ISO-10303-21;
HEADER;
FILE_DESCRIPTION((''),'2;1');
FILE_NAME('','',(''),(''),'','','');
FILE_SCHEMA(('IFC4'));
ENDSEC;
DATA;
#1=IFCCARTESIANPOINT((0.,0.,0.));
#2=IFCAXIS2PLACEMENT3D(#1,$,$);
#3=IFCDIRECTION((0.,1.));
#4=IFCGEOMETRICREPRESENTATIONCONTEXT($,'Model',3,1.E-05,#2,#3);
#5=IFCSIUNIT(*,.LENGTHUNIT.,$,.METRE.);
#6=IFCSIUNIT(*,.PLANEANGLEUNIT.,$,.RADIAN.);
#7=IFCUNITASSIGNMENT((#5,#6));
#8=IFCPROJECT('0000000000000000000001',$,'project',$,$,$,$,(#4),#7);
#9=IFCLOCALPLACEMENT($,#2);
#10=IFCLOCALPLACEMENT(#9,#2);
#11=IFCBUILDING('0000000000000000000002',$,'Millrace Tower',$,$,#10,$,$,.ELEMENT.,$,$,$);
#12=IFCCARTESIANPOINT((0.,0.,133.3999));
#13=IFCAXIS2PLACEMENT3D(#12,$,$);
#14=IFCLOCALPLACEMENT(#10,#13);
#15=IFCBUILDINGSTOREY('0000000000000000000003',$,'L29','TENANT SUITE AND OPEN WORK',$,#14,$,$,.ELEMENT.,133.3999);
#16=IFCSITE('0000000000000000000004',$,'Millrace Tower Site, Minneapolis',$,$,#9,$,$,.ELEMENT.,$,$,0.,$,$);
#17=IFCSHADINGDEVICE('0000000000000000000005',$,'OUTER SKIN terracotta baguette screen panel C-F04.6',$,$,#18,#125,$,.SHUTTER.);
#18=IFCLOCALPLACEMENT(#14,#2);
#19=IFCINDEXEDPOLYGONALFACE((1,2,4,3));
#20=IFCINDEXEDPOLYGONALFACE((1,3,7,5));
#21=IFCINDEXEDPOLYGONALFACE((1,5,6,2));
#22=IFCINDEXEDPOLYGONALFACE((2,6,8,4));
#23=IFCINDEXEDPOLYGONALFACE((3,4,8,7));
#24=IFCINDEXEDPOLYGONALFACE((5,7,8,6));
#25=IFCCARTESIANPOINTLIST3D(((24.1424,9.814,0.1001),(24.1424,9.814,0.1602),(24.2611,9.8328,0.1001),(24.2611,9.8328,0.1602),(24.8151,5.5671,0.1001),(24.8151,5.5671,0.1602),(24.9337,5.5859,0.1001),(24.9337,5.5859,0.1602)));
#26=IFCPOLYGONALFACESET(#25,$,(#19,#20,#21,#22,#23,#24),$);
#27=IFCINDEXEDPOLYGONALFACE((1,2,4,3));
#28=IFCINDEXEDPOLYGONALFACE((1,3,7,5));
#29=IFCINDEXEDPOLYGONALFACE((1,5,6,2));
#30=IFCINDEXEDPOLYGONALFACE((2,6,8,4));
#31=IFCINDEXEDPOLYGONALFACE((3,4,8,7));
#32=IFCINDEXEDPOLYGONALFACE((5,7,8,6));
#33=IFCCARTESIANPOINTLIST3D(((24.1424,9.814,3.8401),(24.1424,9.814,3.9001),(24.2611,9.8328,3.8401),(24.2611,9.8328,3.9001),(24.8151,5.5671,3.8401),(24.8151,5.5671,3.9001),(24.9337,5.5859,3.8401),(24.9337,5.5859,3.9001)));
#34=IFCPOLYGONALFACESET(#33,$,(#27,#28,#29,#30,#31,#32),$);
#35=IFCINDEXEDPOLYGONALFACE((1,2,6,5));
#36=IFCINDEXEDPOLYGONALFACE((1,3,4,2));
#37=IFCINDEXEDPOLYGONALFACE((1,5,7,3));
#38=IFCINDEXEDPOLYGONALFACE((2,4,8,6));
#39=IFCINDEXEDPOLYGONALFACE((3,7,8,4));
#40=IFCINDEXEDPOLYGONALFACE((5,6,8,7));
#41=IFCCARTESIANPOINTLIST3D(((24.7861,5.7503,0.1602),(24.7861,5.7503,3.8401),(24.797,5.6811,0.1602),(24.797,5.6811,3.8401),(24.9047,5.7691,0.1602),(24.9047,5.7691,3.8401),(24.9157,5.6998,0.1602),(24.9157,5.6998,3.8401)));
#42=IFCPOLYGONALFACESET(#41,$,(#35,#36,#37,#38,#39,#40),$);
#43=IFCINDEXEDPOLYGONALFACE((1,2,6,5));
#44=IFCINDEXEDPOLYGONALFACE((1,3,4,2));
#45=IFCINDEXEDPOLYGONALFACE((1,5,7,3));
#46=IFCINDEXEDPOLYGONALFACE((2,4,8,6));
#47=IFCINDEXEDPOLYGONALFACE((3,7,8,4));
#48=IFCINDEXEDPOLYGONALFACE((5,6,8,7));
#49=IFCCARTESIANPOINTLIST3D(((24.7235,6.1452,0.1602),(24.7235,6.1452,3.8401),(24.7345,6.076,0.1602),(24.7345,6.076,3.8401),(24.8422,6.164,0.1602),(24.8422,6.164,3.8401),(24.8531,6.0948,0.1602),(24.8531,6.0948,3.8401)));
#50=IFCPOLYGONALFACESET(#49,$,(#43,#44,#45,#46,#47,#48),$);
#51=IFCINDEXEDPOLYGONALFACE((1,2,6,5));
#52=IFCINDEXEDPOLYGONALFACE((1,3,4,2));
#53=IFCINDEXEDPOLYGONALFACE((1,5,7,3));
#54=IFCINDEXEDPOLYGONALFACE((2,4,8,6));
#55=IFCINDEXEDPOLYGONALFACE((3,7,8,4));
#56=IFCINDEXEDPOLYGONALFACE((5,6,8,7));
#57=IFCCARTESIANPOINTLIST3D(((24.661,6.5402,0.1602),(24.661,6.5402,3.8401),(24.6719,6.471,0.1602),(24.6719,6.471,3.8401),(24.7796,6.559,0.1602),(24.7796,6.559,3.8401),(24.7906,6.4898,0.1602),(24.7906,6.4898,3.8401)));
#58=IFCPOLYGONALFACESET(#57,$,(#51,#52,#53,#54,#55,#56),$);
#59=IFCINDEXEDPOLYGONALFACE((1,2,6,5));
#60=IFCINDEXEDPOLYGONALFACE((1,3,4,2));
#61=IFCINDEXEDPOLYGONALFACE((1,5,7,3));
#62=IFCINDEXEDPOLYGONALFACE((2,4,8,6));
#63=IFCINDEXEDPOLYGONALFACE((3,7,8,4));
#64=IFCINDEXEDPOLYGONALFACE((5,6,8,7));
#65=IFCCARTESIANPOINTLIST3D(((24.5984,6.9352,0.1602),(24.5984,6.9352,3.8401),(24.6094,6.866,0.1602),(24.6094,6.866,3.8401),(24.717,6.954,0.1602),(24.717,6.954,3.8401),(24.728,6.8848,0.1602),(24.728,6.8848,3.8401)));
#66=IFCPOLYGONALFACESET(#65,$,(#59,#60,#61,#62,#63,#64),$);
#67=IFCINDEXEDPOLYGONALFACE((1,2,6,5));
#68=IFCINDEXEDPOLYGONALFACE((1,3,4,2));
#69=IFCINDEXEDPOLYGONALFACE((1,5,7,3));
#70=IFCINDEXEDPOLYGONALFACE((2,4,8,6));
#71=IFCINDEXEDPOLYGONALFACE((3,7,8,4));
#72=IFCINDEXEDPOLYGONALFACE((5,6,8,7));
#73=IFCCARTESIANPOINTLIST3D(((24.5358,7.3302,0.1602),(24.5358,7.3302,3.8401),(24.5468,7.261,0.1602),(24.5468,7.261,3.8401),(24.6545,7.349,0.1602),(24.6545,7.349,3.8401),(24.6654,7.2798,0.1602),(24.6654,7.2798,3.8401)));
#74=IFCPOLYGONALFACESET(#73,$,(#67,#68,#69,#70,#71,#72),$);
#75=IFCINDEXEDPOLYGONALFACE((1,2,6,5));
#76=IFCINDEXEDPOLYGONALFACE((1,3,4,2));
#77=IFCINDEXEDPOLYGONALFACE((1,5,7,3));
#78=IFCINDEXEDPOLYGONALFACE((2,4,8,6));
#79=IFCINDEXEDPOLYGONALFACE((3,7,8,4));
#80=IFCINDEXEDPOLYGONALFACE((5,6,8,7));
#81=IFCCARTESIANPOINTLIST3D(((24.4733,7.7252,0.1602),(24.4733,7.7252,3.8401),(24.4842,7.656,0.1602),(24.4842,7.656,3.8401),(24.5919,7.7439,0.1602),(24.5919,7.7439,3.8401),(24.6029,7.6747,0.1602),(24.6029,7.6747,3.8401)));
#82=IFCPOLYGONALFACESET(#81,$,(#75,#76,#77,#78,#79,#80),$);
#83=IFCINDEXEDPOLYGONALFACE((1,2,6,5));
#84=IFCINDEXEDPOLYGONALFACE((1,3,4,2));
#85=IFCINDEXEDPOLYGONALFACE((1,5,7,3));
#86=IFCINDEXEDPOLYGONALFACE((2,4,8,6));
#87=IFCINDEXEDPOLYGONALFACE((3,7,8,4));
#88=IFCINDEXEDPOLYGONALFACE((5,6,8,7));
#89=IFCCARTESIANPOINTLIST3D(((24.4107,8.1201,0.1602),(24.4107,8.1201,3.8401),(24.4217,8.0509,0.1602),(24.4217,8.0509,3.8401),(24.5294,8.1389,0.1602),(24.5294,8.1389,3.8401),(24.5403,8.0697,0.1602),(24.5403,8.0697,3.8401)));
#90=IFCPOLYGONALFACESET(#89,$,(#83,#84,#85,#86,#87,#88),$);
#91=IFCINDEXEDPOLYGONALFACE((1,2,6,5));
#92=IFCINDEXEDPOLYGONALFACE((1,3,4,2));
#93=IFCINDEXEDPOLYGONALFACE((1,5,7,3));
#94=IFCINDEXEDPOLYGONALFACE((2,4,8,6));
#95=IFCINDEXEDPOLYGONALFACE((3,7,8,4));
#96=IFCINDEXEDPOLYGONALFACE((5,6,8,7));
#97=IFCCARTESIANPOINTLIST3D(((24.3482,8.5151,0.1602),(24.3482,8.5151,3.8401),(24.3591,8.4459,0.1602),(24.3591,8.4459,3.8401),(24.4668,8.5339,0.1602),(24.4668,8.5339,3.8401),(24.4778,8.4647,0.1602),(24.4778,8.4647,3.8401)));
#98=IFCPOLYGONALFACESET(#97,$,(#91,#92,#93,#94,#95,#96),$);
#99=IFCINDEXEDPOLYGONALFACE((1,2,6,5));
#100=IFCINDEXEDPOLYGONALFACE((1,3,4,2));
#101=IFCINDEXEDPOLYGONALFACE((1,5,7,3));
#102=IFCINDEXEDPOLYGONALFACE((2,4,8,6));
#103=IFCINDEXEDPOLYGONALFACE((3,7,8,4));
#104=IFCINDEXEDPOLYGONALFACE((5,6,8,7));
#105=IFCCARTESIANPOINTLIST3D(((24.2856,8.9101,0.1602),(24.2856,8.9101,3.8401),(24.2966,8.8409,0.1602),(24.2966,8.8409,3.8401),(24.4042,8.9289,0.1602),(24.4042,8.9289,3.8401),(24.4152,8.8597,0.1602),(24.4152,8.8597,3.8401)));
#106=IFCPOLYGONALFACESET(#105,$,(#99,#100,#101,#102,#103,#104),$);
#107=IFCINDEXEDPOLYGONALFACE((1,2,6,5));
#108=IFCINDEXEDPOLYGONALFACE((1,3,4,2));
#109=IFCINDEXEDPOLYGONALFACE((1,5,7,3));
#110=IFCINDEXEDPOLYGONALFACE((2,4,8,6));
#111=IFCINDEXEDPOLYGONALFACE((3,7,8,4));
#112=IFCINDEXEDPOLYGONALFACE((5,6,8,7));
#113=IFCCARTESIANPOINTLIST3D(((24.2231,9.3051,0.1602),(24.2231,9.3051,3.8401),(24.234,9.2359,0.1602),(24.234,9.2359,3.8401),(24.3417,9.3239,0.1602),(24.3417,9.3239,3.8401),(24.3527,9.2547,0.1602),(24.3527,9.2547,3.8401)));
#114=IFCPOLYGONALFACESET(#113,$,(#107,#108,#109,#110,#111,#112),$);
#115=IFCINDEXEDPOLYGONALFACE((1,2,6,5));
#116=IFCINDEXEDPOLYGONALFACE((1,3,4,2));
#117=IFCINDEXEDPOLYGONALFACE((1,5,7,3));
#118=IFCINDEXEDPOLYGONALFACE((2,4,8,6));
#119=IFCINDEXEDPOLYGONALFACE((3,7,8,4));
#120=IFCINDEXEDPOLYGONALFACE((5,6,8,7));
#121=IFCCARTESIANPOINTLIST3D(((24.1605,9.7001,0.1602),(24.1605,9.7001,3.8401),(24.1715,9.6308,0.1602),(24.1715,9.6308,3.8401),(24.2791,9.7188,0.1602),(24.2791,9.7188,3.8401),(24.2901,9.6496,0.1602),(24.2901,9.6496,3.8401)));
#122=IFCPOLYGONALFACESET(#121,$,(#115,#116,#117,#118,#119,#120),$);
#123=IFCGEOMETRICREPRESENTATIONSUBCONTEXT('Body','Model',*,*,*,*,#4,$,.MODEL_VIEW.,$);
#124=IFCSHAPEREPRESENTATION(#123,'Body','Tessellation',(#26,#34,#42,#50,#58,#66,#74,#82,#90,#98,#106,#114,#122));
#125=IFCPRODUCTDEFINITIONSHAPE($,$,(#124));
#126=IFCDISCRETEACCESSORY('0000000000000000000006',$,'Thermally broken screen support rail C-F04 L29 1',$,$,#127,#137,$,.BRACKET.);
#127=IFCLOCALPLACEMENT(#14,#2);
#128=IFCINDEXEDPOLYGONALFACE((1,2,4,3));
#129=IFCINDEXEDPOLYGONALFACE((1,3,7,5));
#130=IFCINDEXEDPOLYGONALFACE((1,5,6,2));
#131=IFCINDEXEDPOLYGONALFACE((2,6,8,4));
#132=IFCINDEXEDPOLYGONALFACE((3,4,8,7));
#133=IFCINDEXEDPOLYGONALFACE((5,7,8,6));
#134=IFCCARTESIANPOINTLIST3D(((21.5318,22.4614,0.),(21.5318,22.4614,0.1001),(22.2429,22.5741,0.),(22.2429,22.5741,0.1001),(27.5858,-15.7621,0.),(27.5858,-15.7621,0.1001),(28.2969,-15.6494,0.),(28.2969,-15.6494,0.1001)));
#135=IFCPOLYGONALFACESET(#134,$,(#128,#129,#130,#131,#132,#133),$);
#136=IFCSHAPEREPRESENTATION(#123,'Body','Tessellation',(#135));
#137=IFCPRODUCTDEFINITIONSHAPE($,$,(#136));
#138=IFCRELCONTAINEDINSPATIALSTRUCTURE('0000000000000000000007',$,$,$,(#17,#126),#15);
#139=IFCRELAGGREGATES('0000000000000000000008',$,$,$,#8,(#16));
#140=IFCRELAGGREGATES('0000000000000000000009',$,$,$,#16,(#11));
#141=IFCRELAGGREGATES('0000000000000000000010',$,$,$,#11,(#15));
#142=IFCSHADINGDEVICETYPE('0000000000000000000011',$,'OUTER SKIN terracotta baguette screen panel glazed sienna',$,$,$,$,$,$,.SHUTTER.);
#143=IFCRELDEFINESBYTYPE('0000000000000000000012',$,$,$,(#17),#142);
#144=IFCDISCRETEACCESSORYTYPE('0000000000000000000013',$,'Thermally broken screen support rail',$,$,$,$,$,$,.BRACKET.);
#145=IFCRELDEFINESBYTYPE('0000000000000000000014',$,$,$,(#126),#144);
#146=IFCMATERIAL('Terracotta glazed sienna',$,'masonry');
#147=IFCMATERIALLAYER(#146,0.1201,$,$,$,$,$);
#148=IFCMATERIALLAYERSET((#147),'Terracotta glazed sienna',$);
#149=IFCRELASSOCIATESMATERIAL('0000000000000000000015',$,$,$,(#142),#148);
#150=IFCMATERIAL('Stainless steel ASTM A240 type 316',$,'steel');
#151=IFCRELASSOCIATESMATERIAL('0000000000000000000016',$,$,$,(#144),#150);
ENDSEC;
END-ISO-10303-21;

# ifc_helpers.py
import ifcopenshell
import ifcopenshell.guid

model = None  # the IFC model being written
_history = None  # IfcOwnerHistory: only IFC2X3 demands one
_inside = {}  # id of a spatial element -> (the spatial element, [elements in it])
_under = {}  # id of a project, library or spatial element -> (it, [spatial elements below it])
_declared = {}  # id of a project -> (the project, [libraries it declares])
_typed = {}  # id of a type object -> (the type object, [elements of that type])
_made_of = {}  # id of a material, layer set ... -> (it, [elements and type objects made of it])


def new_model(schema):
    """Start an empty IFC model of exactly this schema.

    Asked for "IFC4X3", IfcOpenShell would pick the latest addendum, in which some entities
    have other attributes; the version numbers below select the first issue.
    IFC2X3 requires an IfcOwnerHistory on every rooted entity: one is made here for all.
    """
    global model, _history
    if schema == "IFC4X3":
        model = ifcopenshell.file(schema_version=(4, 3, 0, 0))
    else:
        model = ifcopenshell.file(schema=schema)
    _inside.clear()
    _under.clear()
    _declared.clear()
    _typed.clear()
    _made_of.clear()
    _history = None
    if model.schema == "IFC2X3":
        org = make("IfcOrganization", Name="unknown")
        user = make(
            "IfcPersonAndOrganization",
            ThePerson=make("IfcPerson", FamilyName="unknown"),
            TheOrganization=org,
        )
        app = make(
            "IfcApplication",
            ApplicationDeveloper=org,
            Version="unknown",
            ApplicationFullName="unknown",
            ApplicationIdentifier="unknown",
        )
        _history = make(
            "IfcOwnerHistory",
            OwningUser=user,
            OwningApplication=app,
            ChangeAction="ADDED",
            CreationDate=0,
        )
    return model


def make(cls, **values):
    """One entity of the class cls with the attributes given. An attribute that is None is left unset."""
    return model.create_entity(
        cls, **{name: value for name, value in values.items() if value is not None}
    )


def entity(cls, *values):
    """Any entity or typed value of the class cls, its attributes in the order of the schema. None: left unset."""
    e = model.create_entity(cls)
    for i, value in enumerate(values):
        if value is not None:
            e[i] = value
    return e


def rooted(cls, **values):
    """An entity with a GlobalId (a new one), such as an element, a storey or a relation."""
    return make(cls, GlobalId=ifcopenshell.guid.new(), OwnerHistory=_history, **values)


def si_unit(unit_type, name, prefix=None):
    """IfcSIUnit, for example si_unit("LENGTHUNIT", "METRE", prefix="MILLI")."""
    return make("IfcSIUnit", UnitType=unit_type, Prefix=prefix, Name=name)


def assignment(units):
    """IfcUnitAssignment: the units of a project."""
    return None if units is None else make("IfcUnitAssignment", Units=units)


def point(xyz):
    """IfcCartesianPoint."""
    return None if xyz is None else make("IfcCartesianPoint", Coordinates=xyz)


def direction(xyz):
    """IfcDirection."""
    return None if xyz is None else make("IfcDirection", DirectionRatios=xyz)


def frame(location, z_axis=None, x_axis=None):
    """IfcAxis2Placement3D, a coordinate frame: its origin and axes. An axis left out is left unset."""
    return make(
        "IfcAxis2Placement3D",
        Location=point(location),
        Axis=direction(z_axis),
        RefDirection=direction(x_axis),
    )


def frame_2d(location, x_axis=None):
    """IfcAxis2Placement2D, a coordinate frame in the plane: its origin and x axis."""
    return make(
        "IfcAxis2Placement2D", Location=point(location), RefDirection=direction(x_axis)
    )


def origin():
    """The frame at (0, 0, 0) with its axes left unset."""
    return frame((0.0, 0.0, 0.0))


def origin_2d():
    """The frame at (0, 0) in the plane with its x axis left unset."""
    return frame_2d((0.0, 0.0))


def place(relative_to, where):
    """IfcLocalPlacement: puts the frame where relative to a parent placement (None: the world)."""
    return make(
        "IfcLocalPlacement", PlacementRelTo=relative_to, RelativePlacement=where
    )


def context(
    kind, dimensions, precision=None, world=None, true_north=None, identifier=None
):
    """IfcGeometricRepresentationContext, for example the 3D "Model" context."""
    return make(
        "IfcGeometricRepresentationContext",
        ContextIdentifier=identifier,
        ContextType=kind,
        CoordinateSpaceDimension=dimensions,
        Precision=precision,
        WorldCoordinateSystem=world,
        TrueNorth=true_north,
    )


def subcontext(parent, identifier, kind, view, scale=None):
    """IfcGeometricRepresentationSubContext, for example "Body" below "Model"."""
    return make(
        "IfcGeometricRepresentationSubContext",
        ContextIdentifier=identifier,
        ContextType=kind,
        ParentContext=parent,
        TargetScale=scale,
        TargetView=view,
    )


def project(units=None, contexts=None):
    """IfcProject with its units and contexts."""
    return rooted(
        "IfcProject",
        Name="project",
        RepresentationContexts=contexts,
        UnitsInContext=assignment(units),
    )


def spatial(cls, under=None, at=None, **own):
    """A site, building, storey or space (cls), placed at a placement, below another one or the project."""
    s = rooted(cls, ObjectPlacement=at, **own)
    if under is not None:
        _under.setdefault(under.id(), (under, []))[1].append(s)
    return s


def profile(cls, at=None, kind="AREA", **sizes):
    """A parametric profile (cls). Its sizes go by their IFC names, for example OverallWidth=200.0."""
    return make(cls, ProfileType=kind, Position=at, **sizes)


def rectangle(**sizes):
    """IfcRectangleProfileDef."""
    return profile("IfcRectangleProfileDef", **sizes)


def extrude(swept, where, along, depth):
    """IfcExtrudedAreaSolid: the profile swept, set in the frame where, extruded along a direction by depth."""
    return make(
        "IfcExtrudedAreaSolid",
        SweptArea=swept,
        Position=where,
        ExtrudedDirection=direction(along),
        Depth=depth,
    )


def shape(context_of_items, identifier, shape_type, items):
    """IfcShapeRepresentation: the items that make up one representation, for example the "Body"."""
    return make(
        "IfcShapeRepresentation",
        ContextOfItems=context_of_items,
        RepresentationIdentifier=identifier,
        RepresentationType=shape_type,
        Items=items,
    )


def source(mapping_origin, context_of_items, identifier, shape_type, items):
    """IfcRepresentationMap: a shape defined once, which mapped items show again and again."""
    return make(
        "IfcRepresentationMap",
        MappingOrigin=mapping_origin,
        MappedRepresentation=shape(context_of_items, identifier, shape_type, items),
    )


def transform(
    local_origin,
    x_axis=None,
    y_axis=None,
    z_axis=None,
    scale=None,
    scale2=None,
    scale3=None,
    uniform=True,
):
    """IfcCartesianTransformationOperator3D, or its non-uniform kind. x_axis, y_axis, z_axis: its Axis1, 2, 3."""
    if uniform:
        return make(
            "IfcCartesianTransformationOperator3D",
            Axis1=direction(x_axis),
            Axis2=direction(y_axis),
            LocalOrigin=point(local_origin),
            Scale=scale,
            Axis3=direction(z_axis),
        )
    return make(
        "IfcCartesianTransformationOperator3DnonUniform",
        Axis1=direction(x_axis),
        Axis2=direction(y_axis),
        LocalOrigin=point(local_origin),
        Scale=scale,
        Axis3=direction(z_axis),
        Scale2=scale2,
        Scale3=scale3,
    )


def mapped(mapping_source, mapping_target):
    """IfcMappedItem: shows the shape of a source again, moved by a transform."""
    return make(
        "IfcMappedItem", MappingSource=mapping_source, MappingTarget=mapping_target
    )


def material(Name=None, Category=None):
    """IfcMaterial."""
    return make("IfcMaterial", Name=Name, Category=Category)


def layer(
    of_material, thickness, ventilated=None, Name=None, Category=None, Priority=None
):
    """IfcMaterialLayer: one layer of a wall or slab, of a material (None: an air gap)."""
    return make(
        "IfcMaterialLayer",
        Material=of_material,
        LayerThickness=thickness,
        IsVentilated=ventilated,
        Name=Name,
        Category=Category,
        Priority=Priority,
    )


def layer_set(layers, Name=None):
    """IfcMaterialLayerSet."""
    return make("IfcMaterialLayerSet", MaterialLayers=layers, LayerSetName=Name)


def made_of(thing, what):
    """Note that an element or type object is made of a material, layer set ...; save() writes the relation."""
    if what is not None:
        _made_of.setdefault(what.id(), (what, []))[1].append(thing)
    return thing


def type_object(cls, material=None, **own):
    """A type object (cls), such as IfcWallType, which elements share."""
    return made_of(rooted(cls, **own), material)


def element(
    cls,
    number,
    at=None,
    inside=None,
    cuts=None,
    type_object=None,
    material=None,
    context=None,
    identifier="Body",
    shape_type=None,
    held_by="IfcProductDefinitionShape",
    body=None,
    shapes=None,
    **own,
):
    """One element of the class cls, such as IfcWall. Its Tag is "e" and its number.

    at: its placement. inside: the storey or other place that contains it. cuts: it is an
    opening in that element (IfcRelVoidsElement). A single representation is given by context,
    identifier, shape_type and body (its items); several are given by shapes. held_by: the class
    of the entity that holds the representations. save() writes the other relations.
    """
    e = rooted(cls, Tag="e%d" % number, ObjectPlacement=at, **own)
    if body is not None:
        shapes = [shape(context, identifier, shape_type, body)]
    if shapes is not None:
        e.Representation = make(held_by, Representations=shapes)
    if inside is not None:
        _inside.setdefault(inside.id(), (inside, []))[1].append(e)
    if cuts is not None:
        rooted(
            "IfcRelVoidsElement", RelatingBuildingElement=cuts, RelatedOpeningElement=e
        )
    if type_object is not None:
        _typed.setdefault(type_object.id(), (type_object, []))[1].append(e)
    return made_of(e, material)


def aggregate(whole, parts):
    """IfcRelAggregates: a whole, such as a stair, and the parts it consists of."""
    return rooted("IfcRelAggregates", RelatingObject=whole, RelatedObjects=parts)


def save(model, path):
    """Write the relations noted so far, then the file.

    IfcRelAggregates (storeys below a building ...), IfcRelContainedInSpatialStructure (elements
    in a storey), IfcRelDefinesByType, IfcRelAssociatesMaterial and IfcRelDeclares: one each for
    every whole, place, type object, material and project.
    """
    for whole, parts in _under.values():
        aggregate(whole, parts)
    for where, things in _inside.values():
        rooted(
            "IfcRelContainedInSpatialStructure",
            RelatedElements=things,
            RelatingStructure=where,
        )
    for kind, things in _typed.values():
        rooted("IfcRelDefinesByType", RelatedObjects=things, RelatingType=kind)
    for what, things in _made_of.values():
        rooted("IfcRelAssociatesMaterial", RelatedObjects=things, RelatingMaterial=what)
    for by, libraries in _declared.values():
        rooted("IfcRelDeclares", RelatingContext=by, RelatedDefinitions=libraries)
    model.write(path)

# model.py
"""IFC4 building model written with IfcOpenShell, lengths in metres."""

from ifc_helpers import new_model, entity, si_unit, direction, frame, frame_2d, origin, origin_2d, place, context, subcontext, project, spatial, rectangle, extrude, source, transform, mapped, material, layer, layer_set, type_object, element, save


model = new_model("IFC4")

# Units and contexts
model_context = context("Model", 3, precision=1e-05, world=origin(), true_north=direction((0.0, 1.0)))
body_context = subcontext(model_context, "Body", "Model", "MODEL_VIEW")
ifc_project = project(units=[si_unit("LENGTHUNIT", "METRE"), si_unit("PLANEANGLEUNIT", "RADIAN")], contexts=[model_context])

# Site, building, storey
site_placement = place(None, origin())
site = spatial("IfcSite", under=ifc_project, at=site_placement, Name="Millrace Tower Site, Minneapolis", CompositionType="ELEMENT", RefElevation=0.0)
building_placement = place(site_placement, origin())
building = spatial("IfcBuilding", under=site, at=building_placement, Name="Millrace Tower", CompositionType="ELEMENT")
storey_placement = place(building_placement, frame((0.0, 0.0, 133.3999)))
storey = spatial("IfcBuildingStorey", under=building, at=storey_placement, Name="L29", Description="TENANT SUITE AND OPEN WORK", CompositionType="ELEMENT", Elevation=133.3999)

# Shading device
ifc_material_1 = material(Name="Terracotta glazed sienna", Category="masonry")
ifc_layer_1 = layer(ifc_material_1, 0.1201)
ifc_layer_set_1 = layer_set([ifc_layer_1], Name="Terracotta glazed sienna")
shading_device_type = type_object("IfcShadingDeviceType", Name="OUTER SKIN terracotta baguette screen panel glazed sienna", PredefinedType="SHUTTER", material=ifc_layer_set_1)
cartesian_point = entity("IfcCartesianPoint", [-2.1499, 0.0601])
shared_polyline = entity("IfcPolyline", [cartesian_point, entity("IfcCartesianPoint", [2.1499, 0.0601]), entity("IfcCartesianPoint", [2.1499, -0.0601]), entity("IfcCartesianPoint", [-2.1499, -0.0601]), cartesian_point])
shared_shape = source(origin(), body_context, "Body", "SweptSolid", [
    entity("IfcExtrudedAreaSolid", entity("IfcArbitraryClosedProfileDef", "AREA", None, shared_polyline), entity("IfcAxis2Placement3D", entity("IfcCartesianPoint", [0.0, 0.0, 0.0])), entity("IfcDirection", [0.0, 0.0, 1.0]), 0.0601),
    entity("IfcExtrudedAreaSolid", entity("IfcArbitraryClosedProfileDef", "AREA", None, shared_polyline), entity("IfcAxis2Placement3D", entity("IfcCartesianPoint", [0.0, 0.0, 3.74])), entity("IfcDirection", [0.0, 0.0, 1.0]), 0.0601),
    extrude(rectangle(XDim=0.0701, YDim=0.1201, at=frame_2d((-1.9995, 0.0))), frame((0.0, 0.0, 0.0601)), (0.0, 0.0, 1.0), 3.6799),
    extrude(rectangle(XDim=0.0701, YDim=0.1201, at=frame_2d((-1.5996, 0.0))), frame((0.0, 0.0, 0.0601)), (0.0, 0.0, 1.0), 3.6799),
    extrude(rectangle(XDim=0.0701, YDim=0.1201, at=frame_2d((-1.1997, 0.0))), frame((0.0, 0.0, 0.0601)), (0.0, 0.0, 1.0), 3.6799),
    extrude(rectangle(XDim=0.0701, YDim=0.1201, at=frame_2d((-0.7998, 0.0))), frame((0.0, 0.0, 0.0601)), (0.0, 0.0, 1.0), 3.6799),
    extrude(rectangle(XDim=0.0701, YDim=0.1201, at=frame_2d((-0.3999, 0.0))), frame((0.0, 0.0, 0.0601)), (0.0, 0.0, 1.0), 3.6799),
    extrude(rectangle(XDim=0.0701, YDim=0.1201, at=origin_2d()), frame((0.0, 0.0, 0.0601)), (0.0, 0.0, 1.0), 3.6799),
    extrude(rectangle(XDim=0.0701, YDim=0.1201, at=frame_2d((0.3999, 0.0))), frame((0.0, 0.0, 0.0601)), (0.0, 0.0, 1.0), 3.6799),
    extrude(rectangle(XDim=0.0701, YDim=0.1201, at=frame_2d((0.7998, 0.0))), frame((0.0, 0.0, 0.0601)), (0.0, 0.0, 1.0), 3.6799),
    extrude(rectangle(XDim=0.0701, YDim=0.1201, at=frame_2d((1.1997, 0.0))), frame((0.0, 0.0, 0.0601)), (0.0, 0.0, 1.0), 3.6799),
    extrude(rectangle(XDim=0.0701, YDim=0.1201, at=frame_2d((1.5996, 0.0))), frame((0.0, 0.0, 0.0601)), (0.0, 0.0, 1.0), 3.6799),
    extrude(rectangle(XDim=0.0701, YDim=0.1201, at=frame_2d((1.9995, 0.0))), frame((0.0, 0.0, 0.0601)), (0.0, 0.0, 1.0), 3.6799),
])
for number, where, z_axis, x_axis, name in (
    (1, (24.5381, 7.7, 0.1001), (0.0, 0.0, 1.0), (-0.156434, 0.987688, 0.0), "OUTER SKIN terracotta baguette screen panel C-F04.6"),
):
    element("IfcShadingDevice", number, at=place(storey_placement, frame(where, z_axis=z_axis, x_axis=x_axis)), inside=storey, type_object=shading_device_type, Name=name, PredefinedType="SHUTTER", context=body_context, shape_type="MappedRepresentation", body=[
        mapped(shared_shape, transform((0.0, 0.0, 0.0), scale=1.0)),
    ])

# Discrete accessory
ifc_material_2 = material(Name="Stainless steel ASTM A240 type 316", Category="steel")
discrete_accessory_type = type_object("IfcDiscreteAccessoryType", Name="Thermally broken screen support rail", PredefinedType="BRACKET", material=ifc_material_2)
discrete_accessory_placement = place(storey_placement, frame((24.9143, 3.406, 0.0), z_axis=(0.0, 0.0, 1.0), x_axis=(-0.156434, 0.987688, 0.0)))
element("IfcDiscreteAccessory", 2, at=discrete_accessory_placement, inside=storey, type_object=discrete_accessory_type, Name="Thermally broken screen support rail C-F04 L29 1", PredefinedType="BRACKET", context=body_context, shape_type="SweptSolid", body=[
    extrude(rectangle(XDim=38.7, YDim=0.72, at=origin_2d()), origin(), (0.0, 0.0, 1.0), 0.1001),
])

save(model, "model.ifc")
